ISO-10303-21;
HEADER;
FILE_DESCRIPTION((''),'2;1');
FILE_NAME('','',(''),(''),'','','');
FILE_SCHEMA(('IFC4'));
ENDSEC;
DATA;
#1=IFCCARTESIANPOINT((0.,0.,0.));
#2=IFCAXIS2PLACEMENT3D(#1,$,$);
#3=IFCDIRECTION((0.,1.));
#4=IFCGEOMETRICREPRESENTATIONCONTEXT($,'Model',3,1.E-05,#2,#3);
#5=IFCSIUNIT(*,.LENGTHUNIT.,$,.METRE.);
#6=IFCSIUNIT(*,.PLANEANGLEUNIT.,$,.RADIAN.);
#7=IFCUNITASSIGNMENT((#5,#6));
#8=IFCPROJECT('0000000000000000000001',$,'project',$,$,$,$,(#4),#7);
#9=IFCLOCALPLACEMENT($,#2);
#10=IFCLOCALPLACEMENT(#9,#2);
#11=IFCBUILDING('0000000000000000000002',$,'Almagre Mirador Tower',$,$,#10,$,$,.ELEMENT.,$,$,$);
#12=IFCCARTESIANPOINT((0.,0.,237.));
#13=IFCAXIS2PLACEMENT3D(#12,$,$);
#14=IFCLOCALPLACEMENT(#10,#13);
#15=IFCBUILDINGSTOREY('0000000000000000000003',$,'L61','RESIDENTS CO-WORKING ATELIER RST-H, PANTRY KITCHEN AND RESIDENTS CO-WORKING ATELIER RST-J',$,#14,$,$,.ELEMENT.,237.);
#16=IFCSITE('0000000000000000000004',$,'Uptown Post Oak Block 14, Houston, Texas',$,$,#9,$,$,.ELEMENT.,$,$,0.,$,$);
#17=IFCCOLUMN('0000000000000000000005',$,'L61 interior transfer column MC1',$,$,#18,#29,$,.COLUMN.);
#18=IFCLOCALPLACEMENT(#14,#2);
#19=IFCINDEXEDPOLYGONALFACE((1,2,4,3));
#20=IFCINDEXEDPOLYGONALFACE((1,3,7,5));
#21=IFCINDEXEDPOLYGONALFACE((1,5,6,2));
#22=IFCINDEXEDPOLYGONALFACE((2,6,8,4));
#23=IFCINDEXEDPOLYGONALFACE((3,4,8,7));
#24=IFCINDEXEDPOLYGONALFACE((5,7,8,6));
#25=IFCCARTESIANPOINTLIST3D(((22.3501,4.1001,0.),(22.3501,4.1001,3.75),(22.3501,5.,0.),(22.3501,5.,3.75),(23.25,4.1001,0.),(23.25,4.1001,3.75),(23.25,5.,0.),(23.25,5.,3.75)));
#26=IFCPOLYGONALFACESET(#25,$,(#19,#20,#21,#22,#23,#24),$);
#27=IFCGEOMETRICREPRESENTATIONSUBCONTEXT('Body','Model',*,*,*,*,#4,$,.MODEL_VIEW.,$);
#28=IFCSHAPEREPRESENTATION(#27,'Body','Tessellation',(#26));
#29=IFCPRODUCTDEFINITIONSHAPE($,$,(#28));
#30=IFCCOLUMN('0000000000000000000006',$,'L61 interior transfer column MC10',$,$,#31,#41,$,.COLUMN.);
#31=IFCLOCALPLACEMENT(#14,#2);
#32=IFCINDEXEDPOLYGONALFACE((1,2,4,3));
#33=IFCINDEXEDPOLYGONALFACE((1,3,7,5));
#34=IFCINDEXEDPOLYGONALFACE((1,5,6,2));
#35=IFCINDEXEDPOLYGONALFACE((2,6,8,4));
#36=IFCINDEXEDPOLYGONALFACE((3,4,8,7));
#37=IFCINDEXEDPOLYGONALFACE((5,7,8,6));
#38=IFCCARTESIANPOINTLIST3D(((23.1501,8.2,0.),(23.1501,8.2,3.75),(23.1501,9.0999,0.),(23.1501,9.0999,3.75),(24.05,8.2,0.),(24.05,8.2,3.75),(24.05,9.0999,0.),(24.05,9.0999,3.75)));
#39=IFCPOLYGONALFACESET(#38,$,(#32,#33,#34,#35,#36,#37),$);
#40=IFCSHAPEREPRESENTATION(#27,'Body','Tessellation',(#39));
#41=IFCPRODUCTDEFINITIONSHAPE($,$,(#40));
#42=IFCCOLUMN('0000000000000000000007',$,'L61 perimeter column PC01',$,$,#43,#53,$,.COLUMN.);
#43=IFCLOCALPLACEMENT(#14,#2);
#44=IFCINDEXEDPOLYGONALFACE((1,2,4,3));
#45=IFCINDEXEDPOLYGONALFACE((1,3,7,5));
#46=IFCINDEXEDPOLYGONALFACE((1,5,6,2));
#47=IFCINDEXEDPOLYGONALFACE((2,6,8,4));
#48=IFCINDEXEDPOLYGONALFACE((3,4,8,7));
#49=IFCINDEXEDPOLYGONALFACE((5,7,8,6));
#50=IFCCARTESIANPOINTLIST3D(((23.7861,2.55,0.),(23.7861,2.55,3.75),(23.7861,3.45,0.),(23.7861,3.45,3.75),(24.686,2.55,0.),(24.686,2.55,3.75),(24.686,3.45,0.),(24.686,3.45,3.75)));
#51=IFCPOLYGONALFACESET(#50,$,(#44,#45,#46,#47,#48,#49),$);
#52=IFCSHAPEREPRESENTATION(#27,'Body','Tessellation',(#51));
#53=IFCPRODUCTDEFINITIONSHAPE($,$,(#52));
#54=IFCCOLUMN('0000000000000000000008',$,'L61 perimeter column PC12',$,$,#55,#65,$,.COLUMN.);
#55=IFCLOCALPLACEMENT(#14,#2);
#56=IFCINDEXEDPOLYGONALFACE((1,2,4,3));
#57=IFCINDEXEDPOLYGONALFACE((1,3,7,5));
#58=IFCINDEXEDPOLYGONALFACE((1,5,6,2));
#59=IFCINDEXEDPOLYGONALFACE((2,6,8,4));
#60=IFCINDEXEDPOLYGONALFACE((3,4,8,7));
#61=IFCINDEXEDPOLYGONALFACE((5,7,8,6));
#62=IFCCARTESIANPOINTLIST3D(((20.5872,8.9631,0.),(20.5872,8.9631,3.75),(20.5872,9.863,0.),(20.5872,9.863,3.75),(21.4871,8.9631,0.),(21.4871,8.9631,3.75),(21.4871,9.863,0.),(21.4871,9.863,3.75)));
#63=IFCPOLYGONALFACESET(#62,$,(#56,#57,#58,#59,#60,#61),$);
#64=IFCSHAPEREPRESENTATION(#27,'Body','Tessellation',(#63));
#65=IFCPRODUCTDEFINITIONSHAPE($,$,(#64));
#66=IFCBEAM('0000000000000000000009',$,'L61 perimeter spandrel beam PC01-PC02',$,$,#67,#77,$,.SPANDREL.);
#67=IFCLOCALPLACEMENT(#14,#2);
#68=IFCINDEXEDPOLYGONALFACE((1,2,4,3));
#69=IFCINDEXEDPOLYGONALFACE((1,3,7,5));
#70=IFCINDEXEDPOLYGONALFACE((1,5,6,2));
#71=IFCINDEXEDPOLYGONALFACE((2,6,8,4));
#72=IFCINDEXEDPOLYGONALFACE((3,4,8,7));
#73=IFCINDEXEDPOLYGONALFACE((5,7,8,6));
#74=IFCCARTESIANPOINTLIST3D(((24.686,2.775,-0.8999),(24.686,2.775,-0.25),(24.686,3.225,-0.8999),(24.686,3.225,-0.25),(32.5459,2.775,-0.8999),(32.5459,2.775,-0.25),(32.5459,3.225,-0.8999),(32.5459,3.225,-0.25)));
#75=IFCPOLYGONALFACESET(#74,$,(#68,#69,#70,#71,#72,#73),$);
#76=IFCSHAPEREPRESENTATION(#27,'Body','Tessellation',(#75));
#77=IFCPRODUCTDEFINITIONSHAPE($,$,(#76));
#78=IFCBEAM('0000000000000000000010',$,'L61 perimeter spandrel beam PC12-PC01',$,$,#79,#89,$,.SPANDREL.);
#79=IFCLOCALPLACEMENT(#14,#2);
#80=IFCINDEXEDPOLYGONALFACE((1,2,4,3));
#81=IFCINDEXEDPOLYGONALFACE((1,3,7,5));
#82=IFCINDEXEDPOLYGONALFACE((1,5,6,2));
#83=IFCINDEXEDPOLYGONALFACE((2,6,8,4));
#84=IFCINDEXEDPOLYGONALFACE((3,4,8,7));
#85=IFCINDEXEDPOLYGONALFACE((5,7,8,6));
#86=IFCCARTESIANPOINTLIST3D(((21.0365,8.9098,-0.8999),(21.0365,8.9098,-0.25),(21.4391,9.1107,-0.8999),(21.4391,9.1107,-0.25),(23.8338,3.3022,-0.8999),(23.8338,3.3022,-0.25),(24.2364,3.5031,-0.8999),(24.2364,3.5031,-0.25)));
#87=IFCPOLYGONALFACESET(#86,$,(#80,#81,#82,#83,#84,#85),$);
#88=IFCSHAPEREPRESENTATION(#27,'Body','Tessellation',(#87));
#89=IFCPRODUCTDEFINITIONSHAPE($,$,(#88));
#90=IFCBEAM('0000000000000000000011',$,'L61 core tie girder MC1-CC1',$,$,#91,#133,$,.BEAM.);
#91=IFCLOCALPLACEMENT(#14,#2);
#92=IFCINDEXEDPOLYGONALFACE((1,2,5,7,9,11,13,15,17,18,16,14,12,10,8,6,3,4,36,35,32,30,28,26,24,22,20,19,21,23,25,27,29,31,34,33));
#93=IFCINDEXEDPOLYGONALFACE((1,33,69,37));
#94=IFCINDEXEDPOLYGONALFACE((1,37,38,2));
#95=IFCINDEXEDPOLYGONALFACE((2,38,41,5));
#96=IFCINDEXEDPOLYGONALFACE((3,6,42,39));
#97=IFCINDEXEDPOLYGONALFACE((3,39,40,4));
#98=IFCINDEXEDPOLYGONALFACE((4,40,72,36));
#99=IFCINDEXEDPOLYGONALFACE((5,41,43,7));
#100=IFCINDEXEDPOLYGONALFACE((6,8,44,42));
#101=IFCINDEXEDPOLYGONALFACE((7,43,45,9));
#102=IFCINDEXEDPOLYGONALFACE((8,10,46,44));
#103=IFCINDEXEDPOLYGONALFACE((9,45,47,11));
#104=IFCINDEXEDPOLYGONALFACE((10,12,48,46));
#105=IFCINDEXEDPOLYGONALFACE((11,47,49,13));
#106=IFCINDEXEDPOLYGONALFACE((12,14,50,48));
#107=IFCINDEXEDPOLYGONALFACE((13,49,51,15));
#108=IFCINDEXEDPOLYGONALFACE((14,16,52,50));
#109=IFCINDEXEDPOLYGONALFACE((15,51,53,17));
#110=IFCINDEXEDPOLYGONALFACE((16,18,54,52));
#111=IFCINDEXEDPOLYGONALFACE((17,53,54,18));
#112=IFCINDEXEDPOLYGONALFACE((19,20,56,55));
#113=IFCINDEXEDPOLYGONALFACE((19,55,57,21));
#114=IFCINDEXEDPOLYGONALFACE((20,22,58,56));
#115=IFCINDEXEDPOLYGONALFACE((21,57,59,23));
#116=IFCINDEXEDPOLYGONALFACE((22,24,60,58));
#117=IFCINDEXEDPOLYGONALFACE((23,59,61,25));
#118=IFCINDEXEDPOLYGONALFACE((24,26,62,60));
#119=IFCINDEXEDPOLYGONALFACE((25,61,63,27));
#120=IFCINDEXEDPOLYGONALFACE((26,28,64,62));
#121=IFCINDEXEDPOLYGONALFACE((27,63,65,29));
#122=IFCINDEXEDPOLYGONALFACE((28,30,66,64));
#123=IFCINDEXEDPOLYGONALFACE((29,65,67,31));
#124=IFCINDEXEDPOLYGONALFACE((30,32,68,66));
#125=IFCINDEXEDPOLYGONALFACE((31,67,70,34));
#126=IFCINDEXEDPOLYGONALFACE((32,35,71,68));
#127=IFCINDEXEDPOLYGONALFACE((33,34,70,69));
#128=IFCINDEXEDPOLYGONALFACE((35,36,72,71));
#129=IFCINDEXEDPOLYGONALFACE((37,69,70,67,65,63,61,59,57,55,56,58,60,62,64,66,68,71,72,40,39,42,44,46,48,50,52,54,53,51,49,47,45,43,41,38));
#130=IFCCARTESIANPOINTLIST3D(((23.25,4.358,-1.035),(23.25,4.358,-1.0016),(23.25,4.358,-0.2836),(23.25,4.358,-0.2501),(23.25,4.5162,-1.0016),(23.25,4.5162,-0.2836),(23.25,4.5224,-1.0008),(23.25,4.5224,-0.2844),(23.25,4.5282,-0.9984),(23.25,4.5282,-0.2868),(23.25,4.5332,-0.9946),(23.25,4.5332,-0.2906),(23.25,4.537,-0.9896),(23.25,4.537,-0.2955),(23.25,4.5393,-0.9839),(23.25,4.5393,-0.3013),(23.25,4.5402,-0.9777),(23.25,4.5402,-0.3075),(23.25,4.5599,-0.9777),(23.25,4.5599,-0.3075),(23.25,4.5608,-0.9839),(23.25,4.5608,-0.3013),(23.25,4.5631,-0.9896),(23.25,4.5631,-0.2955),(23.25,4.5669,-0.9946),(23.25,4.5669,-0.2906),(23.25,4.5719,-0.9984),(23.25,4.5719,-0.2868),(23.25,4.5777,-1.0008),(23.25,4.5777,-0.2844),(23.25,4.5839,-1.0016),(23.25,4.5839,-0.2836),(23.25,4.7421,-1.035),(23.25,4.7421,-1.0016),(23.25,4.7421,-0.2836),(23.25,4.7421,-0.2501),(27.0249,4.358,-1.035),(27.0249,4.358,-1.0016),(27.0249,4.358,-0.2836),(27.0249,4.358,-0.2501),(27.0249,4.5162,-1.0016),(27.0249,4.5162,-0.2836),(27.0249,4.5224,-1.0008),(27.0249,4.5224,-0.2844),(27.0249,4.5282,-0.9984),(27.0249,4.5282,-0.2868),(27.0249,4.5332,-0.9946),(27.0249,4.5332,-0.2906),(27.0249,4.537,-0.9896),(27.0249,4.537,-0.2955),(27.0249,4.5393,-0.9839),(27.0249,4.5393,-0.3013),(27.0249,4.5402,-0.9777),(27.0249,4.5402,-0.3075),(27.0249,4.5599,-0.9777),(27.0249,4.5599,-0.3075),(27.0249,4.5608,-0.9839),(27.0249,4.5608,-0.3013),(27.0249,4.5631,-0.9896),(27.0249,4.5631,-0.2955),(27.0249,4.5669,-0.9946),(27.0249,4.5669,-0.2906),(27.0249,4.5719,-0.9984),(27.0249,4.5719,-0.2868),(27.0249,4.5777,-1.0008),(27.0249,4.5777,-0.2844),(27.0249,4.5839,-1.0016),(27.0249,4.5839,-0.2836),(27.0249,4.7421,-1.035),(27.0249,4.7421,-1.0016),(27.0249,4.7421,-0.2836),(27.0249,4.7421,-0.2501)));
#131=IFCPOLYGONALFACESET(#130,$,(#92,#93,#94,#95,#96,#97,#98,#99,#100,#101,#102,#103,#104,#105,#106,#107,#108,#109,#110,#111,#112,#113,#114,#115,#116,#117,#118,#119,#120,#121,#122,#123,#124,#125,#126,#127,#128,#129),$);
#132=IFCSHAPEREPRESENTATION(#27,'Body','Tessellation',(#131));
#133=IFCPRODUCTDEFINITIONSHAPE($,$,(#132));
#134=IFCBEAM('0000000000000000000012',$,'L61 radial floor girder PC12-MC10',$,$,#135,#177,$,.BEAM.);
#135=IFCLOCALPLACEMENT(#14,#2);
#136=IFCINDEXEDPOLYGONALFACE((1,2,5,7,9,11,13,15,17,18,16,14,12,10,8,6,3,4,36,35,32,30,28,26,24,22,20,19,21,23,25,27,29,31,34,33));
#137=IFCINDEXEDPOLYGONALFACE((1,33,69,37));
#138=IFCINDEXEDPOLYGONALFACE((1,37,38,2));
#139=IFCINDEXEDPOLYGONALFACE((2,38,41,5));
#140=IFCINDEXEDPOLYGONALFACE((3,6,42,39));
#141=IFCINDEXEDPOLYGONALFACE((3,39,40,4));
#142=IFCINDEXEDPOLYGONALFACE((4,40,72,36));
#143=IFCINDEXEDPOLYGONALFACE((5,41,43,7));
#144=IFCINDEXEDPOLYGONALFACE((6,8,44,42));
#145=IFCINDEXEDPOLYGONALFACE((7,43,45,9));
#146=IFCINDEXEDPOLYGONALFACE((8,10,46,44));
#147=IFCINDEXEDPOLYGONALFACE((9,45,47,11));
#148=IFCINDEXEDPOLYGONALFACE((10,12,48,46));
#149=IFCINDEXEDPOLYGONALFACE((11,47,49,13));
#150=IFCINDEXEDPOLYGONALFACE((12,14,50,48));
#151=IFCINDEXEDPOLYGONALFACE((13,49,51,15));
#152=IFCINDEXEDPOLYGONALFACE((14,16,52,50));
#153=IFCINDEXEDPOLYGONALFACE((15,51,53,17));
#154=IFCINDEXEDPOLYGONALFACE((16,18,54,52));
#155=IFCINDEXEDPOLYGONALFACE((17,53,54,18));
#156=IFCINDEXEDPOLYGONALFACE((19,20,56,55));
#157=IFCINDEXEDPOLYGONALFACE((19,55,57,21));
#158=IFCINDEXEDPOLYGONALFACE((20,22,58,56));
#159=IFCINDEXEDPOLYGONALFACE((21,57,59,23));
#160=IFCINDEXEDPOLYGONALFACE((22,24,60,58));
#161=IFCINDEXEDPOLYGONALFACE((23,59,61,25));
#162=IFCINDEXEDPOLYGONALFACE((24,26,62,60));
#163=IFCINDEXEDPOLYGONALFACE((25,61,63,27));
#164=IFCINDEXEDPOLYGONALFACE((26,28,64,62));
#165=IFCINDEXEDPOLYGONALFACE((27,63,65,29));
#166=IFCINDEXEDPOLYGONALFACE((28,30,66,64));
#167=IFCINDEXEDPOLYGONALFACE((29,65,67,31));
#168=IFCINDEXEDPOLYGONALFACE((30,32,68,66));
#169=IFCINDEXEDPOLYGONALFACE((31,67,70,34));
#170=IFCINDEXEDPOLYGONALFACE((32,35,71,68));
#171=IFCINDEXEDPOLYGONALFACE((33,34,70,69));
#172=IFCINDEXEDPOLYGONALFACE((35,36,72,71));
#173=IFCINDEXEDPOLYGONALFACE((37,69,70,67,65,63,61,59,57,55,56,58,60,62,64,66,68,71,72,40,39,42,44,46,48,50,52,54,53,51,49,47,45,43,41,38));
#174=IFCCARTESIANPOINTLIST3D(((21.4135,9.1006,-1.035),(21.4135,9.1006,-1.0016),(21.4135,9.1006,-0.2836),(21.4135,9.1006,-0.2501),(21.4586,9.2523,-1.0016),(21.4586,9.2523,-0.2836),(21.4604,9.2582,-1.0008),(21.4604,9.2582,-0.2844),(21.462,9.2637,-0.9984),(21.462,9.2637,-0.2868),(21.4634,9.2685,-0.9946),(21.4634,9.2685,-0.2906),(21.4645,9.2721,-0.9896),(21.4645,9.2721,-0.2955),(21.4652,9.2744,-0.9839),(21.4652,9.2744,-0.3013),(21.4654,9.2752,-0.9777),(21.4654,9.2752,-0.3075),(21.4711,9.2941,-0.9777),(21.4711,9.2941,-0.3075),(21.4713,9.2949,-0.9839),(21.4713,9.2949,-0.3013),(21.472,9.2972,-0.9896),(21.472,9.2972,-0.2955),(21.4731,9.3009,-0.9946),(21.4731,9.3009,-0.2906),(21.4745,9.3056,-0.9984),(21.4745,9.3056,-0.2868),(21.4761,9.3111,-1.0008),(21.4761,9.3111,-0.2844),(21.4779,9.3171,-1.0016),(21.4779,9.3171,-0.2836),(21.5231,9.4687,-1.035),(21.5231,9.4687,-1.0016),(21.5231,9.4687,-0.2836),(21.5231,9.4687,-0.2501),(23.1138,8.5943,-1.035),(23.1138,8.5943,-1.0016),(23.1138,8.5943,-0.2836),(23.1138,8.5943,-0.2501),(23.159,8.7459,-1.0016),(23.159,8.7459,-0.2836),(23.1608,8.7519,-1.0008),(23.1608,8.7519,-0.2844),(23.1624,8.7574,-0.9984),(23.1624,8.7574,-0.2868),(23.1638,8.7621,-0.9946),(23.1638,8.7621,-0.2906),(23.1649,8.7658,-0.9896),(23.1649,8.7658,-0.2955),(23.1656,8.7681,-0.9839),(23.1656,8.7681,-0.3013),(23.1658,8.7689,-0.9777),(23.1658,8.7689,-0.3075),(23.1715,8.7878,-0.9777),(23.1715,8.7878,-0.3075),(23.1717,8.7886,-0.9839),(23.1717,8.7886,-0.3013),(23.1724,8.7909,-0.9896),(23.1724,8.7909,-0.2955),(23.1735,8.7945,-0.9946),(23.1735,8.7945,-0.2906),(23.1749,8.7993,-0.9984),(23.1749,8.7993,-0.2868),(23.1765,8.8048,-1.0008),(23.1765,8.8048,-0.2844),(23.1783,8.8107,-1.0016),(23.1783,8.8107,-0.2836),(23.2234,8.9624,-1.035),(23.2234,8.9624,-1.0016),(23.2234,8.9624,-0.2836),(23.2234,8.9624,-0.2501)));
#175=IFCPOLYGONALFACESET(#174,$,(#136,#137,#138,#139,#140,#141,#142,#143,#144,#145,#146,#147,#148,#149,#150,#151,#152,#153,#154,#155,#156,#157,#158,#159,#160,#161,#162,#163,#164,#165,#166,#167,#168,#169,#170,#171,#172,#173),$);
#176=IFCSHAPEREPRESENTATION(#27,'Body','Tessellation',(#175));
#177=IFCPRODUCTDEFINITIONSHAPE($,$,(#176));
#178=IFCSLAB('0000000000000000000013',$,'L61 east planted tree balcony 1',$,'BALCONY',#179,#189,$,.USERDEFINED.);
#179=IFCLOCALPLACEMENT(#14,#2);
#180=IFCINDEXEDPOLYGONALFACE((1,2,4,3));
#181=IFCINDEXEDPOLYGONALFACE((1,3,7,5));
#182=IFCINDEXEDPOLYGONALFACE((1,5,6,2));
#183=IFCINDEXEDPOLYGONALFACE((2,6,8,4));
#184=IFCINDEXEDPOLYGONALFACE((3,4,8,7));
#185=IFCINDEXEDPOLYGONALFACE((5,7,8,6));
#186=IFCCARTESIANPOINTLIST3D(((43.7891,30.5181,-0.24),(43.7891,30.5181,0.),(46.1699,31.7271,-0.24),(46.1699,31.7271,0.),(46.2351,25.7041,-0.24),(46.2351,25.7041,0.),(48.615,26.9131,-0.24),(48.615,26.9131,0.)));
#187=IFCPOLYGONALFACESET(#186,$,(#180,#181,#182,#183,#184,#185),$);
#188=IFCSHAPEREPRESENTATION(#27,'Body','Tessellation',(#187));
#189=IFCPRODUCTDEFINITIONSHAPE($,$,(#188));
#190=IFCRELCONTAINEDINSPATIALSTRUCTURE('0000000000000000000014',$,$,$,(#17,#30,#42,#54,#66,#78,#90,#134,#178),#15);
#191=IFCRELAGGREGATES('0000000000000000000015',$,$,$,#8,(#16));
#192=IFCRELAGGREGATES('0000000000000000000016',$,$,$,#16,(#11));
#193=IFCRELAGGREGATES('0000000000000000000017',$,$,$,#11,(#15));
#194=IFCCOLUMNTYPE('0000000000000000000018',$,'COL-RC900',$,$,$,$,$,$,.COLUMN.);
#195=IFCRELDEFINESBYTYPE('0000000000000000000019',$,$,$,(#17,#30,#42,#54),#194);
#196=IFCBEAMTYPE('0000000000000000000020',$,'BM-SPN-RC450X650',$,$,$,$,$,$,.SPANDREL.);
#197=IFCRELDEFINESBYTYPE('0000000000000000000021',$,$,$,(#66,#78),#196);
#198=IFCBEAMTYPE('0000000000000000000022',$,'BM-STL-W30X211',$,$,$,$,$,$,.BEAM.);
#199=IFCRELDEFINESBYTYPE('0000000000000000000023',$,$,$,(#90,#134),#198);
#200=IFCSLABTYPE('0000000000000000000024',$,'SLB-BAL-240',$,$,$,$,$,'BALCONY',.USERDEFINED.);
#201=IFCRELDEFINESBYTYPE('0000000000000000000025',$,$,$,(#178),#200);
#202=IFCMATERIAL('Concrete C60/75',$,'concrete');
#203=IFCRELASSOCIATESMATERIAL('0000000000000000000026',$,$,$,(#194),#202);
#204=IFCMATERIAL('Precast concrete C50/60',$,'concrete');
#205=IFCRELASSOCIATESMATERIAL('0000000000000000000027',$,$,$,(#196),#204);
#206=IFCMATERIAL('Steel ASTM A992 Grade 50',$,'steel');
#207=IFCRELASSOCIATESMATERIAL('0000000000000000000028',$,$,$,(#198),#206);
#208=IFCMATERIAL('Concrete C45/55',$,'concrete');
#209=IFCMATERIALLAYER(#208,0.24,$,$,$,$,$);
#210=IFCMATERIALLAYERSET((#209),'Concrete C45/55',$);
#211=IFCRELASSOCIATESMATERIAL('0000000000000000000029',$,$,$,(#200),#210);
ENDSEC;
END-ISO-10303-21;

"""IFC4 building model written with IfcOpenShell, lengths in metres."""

from ifc_helpers import new_model, si_unit, direction, frame, origin, origin_2d, place, context, subcontext, project, spatial, polyline, rectangle, i_section, outline, extrude, material, layer, layer_set, material_profile, profile_set, type_object, element, save


model = new_model("IFC4")

# Units and contexts
model_context = context("Model", 3, precision=1e-05, world=origin(), true_north=direction((0.0, 1.0)))
body_context = subcontext(model_context, "Body", "Model", "MODEL_VIEW")
ifc_project = project(units=[si_unit("LENGTHUNIT", "METRE"), si_unit("PLANEANGLEUNIT", "RADIAN")], contexts=[model_context])

# Site, building, storey
site_placement = place(None, origin())
site = spatial("IfcSite", under=ifc_project, at=site_placement, Name="Uptown Post Oak Block 14, Houston, Texas", CompositionType="ELEMENT", RefElevation=0.0)
building_placement = place(site_placement, origin())
building = spatial("IfcBuilding", under=site, at=building_placement, Name="Almagre Mirador Tower", CompositionType="ELEMENT")
storey_placement = place(building_placement, frame((0.0, 0.0, 237.0)))
storey = spatial("IfcBuildingStorey", under=building, at=storey_placement, Name="L61", Description="RESIDENTS CO-WORKING ATELIER RST-H, PANTRY KITCHEN AND RESIDENTS CO-WORKING ATELIER RST-J", CompositionType="ELEMENT", Elevation=237.0)

# Columns
ifc_material_1 = material(Name="Concrete C60/75", Category="concrete")
ifc_material_profile_1 = material_profile(ifc_material_1, rectangle(XDim=0.8999, YDim=0.8999, at=origin_2d()), Name="RC900X900")
ifc_profile_set_1 = profile_set([ifc_material_profile_1], Name="Concrete C60/75")
column_type = type_object("IfcColumnType", Name="COL-RC900", PredefinedType="COLUMN", material=ifc_profile_set_1)
for number, where, z_axis, x_axis, name in (
    (1, (22.8, 4.55, 0.0), (0.0, 0.0, 1.0), (1.0, 0.0, 0.0), "L61 interior transfer column MC1"),
    (2, (23.6001, 8.6499, 0.0), (0.0, 0.0, 1.0), (1.0, 0.0, 0.0), "L61 interior transfer column MC10"),
    (3, (24.2361, 3.0, 0.0), (0.0, 0.0, 1.0), (1.0, 0.0, 0.0), "L61 perimeter column PC01"),
    (4, (21.0371, 9.4131, 0.0), (0.0, 0.0, 1.0), (1.0, 0.0, 0.0), "L61 perimeter column PC12"),
):
    element("IfcColumn", number, at=place(storey_placement, frame(where, z_axis=z_axis, x_axis=x_axis)), inside=storey, type_object=column_type, Name=name, PredefinedType="COLUMN", context=body_context, shape_type="SweptSolid", body=[
        extrude(rectangle(XDim=0.8999, YDim=0.8999, at=origin_2d()), origin(), (0.0, 0.0, 1.0), 3.75),
    ])

# Beams
ifc_material_2 = material(Name="Precast concrete C50/60", Category="concrete")
ifc_material_profile_2 = material_profile(ifc_material_2, rectangle(XDim=0.45, YDim=0.6499, at=origin_2d()), Name="RC450X650")
ifc_profile_set_2 = profile_set([ifc_material_profile_2], Name="Precast concrete C50/60")
beam_type_1 = type_object("IfcBeamType", Name="BM-SPN-RC450X650", PredefinedType="SPANDREL", material=ifc_profile_set_2)
beam_1_placement = place(storey_placement, frame((24.686, 3.0, -0.575), z_axis=(1.0, 0.0, 0.0), x_axis=(0.0, 1.0, 0.0)))
element("IfcBeam", 5, at=beam_1_placement, inside=storey, type_object=beam_type_1, Name="L61 perimeter spandrel beam PC01-PC02", PredefinedType="SPANDREL", context=body_context, shape_type="SweptSolid", body=[
    extrude(rectangle(XDim=0.45, YDim=0.6499, at=origin_2d()), origin(), (0.0, 0.0, 1.0), 7.8599),
])
beam_2_placement = place(storey_placement, frame((21.2378, 9.0103, -0.575), z_axis=(0.446387, -0.89484, 0.0), x_axis=(0.89484, 0.446387, 0.0)))
element("IfcBeam", 6, at=beam_2_placement, inside=storey, type_object=beam_type_1, Name="L61 perimeter spandrel beam PC12-PC01", PredefinedType="SPANDREL", context=body_context, shape_type="SweptSolid", body=[
    extrude(rectangle(XDim=0.45, YDim=0.6499, at=origin_2d()), origin(), (0.0, 0.0, 1.0), 6.2666),
])
ifc_material_3 = material(Name="Steel ASTM A992 Grade 50", Category="steel")
ifc_material_profile_3 = material_profile(ifc_material_3, i_section(OverallWidth=0.384, OverallDepth=0.7849, WebThickness=0.0198, FlangeThickness=0.0334, FilletRadius=0.0239, at=origin_2d()), Name="W30X211")
ifc_profile_set_3 = profile_set([ifc_material_profile_3], Name="Steel ASTM A992 Grade 50")
beam_type_2 = type_object("IfcBeamType", Name="BM-STL-W30X211", PredefinedType="BEAM", material=ifc_profile_set_3)
beam_3_placement = place(storey_placement, frame((23.25, 4.55, -0.6426), z_axis=(1.0, 0.0, 0.0), x_axis=(0.0, 1.0, 0.0)))
element("IfcBeam", 7, at=beam_3_placement, inside=storey, type_object=beam_type_2, Name="L61 core tie girder MC1-CC1", PredefinedType="BEAM", context=body_context, shape_type="SweptSolid", body=[
    extrude(i_section(OverallWidth=0.384, OverallDepth=0.7849, WebThickness=0.0198, FlangeThickness=0.0334, FilletRadius=0.0239, at=origin_2d()), origin(), (0.0, 0.0, 1.0), 3.7749),
])
beam_4_placement = place(storey_placement, frame((21.4683, 9.2847, -0.6426), z_axis=(0.958411, -0.285391, 0.0), x_axis=(0.285391, 0.958411, 0.0)))
element("IfcBeam", 8, at=beam_4_placement, inside=storey, type_object=beam_type_2, Name="L61 radial floor girder PC12-MC10", PredefinedType="BEAM", context=body_context, shape_type="SweptSolid", body=[
    extrude(i_section(OverallWidth=0.384, OverallDepth=0.7849, WebThickness=0.0198, FlangeThickness=0.0334, FilletRadius=0.0239, at=origin_2d()), origin(), (0.0, 0.0, 1.0), 1.7742),
])

# Slab
ifc_material_4 = material(Name="Concrete C45/55", Category="concrete")
ifc_layer_1 = layer(ifc_material_4, 0.24)
ifc_layer_set_1 = layer_set([ifc_layer_1], Name="Concrete C45/55")
slab_type_1 = type_object("IfcSlabType", Name="SLB-BAL-240", ElementType="BALCONY", PredefinedType="USERDEFINED", material=ifc_layer_set_1)
slab_1_placement = place(storey_placement, frame((0.0, 0.0, -0.24)))
element("IfcSlab", 9, at=slab_1_placement, inside=storey, type_object=slab_type_1, Name="L61 east planted tree balcony 1", ObjectType="BALCONY", PredefinedType="USERDEFINED", context=body_context, shape_type="SweptSolid", body=[
    extrude(outline(polyline([(46.2351, 25.7041), (43.7891, 30.5181), (46.1699, 31.7271), (48.615, 26.9131), (46.2351, 25.7041)])), origin(), (0.0, 0.0, 1.0), 0.24),
])

save(model, "model.ifc")
